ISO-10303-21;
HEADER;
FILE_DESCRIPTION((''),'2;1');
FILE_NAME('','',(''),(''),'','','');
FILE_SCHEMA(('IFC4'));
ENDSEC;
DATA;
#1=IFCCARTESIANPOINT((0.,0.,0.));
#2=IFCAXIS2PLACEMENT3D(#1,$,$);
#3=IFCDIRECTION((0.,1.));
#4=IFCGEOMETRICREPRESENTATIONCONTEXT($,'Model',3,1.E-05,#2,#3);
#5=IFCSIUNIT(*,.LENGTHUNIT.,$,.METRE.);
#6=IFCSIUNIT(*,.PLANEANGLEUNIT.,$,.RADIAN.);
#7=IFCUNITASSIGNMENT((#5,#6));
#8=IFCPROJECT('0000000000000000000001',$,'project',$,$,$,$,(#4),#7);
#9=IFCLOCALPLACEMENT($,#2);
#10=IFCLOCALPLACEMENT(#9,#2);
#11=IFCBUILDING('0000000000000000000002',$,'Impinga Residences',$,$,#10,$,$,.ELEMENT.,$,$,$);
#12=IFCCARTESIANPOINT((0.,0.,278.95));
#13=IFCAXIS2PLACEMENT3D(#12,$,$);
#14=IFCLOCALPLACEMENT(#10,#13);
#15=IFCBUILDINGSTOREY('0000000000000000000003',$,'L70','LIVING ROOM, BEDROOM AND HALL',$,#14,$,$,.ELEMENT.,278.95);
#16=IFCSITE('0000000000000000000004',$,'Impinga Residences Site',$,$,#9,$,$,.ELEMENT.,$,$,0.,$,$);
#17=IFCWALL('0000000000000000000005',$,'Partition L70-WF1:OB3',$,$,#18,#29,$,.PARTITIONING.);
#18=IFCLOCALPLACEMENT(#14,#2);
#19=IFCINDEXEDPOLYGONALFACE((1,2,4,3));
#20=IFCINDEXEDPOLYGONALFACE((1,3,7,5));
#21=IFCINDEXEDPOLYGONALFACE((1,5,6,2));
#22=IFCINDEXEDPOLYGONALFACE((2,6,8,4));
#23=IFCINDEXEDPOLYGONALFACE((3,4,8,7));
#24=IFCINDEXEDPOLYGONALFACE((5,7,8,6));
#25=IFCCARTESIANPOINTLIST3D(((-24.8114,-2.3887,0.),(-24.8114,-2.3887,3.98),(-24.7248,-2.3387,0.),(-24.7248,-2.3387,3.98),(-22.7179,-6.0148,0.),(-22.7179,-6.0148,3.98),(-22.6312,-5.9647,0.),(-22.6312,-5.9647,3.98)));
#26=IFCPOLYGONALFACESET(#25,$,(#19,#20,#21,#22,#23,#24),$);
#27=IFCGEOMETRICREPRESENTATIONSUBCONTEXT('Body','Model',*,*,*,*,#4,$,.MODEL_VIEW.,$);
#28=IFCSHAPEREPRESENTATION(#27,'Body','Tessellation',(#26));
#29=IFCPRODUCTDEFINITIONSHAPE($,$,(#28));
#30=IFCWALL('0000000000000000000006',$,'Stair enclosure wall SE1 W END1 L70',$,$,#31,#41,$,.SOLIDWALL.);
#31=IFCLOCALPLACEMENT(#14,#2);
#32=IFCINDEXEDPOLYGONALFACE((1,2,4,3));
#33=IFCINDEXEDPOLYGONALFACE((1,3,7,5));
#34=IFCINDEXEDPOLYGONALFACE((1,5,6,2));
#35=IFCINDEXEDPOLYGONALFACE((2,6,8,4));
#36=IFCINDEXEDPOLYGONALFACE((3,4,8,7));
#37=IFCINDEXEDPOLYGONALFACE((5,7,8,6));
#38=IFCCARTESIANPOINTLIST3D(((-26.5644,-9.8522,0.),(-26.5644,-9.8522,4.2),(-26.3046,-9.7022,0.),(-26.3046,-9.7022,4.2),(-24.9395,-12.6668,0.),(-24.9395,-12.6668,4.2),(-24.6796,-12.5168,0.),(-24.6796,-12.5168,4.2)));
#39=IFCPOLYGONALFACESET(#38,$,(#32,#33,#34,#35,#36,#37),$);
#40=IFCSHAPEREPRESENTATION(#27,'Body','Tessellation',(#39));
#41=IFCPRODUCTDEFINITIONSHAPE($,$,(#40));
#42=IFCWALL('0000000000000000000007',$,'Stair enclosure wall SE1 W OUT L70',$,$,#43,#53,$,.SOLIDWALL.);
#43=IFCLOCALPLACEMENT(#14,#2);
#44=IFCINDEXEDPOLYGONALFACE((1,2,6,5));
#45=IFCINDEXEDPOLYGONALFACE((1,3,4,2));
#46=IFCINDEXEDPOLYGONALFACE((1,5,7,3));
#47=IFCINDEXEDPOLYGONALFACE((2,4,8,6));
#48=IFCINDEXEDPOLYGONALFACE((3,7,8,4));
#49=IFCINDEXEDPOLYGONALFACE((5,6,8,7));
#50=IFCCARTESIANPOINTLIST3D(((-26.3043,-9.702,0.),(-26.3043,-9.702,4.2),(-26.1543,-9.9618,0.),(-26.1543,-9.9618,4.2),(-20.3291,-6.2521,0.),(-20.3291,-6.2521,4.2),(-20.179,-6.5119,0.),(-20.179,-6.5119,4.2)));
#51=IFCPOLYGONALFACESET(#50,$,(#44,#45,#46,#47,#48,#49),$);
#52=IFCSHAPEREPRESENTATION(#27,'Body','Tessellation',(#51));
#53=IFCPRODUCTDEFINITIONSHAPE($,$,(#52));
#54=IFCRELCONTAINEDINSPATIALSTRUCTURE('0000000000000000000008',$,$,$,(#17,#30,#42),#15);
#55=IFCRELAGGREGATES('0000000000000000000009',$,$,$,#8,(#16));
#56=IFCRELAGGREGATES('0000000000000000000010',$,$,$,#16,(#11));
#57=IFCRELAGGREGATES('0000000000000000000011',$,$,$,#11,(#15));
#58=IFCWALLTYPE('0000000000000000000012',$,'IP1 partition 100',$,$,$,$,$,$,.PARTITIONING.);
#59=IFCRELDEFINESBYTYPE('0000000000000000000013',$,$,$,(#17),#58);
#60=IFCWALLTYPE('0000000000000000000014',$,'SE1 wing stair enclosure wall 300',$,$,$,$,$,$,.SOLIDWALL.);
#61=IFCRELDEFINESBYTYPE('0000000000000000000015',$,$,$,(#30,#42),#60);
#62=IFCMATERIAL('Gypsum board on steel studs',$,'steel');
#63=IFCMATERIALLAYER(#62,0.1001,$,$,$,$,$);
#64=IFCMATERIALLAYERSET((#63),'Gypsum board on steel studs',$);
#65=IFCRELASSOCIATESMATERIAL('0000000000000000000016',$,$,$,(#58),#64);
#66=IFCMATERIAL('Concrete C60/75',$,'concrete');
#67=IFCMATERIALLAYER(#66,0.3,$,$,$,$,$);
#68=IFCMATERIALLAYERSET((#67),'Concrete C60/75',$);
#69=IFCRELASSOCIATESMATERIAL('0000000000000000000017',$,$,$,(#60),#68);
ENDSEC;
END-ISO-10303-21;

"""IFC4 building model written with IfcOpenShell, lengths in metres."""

from ifc_helpers import new_model, si_unit, direction, frame, frame_2d, origin, place, context, subcontext, project, spatial, rectangle, extrude, material, layer, layer_set, type_object, element, save


model = new_model("IFC4")

# Units and contexts
model_context = context("Model", 3, precision=1e-05, world=origin(), true_north=direction((0.0, 1.0)))
body_context = subcontext(model_context, "Body", "Model", "MODEL_VIEW")
ifc_project = project(units=[si_unit("LENGTHUNIT", "METRE"), si_unit("PLANEANGLEUNIT", "RADIAN")], contexts=[model_context])

# Site, building, storey
site_placement = place(None, origin())
site = spatial("IfcSite", under=ifc_project, at=site_placement, Name="Impinga Residences Site", CompositionType="ELEMENT", RefElevation=0.0)
building_placement = place(site_placement, origin())
building = spatial("IfcBuilding", under=site, at=building_placement, Name="Impinga Residences", CompositionType="ELEMENT")
storey_placement = place(building_placement, frame((0.0, 0.0, 278.95)))
storey = spatial("IfcBuildingStorey", under=building, at=storey_placement, Name="L70", Description="LIVING ROOM, BEDROOM AND HALL", CompositionType="ELEMENT", Elevation=278.95)

# Shared definitions
ifc_material_1 = material(Name="Concrete C60/75", Category="concrete")

# Walls
ifc_material_2 = material(Name="Gypsum board on steel studs", Category="steel")
ifc_layer_1 = layer(ifc_material_2, 0.1001)
ifc_layer_set_1 = layer_set([ifc_layer_1], Name="Gypsum board on steel studs")
wall_type_1 = type_object("IfcWallType", Name="IP1 partition 100", PredefinedType="PARTITIONING", material=ifc_layer_set_1)
wall_1_placement = place(storey_placement, frame((-22.6746, -5.9897, 0.0), z_axis=(0.0, 0.0, 1.0), x_axis=(-0.500008, 0.866021, 0.0)))
element("IfcWall", 1, at=wall_1_placement, inside=storey, type_object=wall_type_1, Name="Partition L70-WF1:OB3", PredefinedType="PARTITIONING", context=body_context, shape_type="SweptSolid", body=[
    extrude(rectangle(XDim=4.187, YDim=0.1001, at=frame_2d((2.0935, 0.0))), origin(), (0.0, 0.0, 1.0), 3.98),
])
ifc_layer_2 = layer(ifc_material_1, 0.3)
ifc_layer_set_2 = layer_set([ifc_layer_2], Name="Concrete C60/75")
wall_type_2 = type_object("IfcWallType", Name="SE1 wing stair enclosure wall 300", PredefinedType="SOLIDWALL", material=ifc_layer_set_2)
wall_2_placement = place(storey_placement, frame((-24.8096, -12.5918, 0.0), z_axis=(0.0, 0.0, 1.0), x_axis=(-0.499985, 0.866034, 0.0)))
element("IfcWall", 2, at=wall_2_placement, inside=storey, type_object=wall_type_2, Name="Stair enclosure wall SE1 W END1 L70", PredefinedType="SOLIDWALL", context=body_context, shape_type="SweptSolid", body=[
    extrude(rectangle(XDim=3.25, YDim=0.3, at=frame_2d((1.625, 0.0))), origin(), (0.0, 0.0, 1.0), 4.2),
])
wall_3_placement = place(storey_placement, frame((-20.2542, -6.3821, 0.0), z_axis=(0.0, 0.0, 1.0), x_axis=(-0.86602, -0.500009, 0.0)))
element("IfcWall", 3, at=wall_3_placement, inside=storey, type_object=wall_type_2, Name="Stair enclosure wall SE1 W OUT L70", PredefinedType="SOLIDWALL", context=body_context, shape_type="SweptSolid", body=[
    extrude(rectangle(XDim=6.8997, YDim=0.3, at=frame_2d((3.4497, 0.0))), origin(), (0.0, 0.0, 1.0), 4.2),
])

save(model, "model.ifc")
